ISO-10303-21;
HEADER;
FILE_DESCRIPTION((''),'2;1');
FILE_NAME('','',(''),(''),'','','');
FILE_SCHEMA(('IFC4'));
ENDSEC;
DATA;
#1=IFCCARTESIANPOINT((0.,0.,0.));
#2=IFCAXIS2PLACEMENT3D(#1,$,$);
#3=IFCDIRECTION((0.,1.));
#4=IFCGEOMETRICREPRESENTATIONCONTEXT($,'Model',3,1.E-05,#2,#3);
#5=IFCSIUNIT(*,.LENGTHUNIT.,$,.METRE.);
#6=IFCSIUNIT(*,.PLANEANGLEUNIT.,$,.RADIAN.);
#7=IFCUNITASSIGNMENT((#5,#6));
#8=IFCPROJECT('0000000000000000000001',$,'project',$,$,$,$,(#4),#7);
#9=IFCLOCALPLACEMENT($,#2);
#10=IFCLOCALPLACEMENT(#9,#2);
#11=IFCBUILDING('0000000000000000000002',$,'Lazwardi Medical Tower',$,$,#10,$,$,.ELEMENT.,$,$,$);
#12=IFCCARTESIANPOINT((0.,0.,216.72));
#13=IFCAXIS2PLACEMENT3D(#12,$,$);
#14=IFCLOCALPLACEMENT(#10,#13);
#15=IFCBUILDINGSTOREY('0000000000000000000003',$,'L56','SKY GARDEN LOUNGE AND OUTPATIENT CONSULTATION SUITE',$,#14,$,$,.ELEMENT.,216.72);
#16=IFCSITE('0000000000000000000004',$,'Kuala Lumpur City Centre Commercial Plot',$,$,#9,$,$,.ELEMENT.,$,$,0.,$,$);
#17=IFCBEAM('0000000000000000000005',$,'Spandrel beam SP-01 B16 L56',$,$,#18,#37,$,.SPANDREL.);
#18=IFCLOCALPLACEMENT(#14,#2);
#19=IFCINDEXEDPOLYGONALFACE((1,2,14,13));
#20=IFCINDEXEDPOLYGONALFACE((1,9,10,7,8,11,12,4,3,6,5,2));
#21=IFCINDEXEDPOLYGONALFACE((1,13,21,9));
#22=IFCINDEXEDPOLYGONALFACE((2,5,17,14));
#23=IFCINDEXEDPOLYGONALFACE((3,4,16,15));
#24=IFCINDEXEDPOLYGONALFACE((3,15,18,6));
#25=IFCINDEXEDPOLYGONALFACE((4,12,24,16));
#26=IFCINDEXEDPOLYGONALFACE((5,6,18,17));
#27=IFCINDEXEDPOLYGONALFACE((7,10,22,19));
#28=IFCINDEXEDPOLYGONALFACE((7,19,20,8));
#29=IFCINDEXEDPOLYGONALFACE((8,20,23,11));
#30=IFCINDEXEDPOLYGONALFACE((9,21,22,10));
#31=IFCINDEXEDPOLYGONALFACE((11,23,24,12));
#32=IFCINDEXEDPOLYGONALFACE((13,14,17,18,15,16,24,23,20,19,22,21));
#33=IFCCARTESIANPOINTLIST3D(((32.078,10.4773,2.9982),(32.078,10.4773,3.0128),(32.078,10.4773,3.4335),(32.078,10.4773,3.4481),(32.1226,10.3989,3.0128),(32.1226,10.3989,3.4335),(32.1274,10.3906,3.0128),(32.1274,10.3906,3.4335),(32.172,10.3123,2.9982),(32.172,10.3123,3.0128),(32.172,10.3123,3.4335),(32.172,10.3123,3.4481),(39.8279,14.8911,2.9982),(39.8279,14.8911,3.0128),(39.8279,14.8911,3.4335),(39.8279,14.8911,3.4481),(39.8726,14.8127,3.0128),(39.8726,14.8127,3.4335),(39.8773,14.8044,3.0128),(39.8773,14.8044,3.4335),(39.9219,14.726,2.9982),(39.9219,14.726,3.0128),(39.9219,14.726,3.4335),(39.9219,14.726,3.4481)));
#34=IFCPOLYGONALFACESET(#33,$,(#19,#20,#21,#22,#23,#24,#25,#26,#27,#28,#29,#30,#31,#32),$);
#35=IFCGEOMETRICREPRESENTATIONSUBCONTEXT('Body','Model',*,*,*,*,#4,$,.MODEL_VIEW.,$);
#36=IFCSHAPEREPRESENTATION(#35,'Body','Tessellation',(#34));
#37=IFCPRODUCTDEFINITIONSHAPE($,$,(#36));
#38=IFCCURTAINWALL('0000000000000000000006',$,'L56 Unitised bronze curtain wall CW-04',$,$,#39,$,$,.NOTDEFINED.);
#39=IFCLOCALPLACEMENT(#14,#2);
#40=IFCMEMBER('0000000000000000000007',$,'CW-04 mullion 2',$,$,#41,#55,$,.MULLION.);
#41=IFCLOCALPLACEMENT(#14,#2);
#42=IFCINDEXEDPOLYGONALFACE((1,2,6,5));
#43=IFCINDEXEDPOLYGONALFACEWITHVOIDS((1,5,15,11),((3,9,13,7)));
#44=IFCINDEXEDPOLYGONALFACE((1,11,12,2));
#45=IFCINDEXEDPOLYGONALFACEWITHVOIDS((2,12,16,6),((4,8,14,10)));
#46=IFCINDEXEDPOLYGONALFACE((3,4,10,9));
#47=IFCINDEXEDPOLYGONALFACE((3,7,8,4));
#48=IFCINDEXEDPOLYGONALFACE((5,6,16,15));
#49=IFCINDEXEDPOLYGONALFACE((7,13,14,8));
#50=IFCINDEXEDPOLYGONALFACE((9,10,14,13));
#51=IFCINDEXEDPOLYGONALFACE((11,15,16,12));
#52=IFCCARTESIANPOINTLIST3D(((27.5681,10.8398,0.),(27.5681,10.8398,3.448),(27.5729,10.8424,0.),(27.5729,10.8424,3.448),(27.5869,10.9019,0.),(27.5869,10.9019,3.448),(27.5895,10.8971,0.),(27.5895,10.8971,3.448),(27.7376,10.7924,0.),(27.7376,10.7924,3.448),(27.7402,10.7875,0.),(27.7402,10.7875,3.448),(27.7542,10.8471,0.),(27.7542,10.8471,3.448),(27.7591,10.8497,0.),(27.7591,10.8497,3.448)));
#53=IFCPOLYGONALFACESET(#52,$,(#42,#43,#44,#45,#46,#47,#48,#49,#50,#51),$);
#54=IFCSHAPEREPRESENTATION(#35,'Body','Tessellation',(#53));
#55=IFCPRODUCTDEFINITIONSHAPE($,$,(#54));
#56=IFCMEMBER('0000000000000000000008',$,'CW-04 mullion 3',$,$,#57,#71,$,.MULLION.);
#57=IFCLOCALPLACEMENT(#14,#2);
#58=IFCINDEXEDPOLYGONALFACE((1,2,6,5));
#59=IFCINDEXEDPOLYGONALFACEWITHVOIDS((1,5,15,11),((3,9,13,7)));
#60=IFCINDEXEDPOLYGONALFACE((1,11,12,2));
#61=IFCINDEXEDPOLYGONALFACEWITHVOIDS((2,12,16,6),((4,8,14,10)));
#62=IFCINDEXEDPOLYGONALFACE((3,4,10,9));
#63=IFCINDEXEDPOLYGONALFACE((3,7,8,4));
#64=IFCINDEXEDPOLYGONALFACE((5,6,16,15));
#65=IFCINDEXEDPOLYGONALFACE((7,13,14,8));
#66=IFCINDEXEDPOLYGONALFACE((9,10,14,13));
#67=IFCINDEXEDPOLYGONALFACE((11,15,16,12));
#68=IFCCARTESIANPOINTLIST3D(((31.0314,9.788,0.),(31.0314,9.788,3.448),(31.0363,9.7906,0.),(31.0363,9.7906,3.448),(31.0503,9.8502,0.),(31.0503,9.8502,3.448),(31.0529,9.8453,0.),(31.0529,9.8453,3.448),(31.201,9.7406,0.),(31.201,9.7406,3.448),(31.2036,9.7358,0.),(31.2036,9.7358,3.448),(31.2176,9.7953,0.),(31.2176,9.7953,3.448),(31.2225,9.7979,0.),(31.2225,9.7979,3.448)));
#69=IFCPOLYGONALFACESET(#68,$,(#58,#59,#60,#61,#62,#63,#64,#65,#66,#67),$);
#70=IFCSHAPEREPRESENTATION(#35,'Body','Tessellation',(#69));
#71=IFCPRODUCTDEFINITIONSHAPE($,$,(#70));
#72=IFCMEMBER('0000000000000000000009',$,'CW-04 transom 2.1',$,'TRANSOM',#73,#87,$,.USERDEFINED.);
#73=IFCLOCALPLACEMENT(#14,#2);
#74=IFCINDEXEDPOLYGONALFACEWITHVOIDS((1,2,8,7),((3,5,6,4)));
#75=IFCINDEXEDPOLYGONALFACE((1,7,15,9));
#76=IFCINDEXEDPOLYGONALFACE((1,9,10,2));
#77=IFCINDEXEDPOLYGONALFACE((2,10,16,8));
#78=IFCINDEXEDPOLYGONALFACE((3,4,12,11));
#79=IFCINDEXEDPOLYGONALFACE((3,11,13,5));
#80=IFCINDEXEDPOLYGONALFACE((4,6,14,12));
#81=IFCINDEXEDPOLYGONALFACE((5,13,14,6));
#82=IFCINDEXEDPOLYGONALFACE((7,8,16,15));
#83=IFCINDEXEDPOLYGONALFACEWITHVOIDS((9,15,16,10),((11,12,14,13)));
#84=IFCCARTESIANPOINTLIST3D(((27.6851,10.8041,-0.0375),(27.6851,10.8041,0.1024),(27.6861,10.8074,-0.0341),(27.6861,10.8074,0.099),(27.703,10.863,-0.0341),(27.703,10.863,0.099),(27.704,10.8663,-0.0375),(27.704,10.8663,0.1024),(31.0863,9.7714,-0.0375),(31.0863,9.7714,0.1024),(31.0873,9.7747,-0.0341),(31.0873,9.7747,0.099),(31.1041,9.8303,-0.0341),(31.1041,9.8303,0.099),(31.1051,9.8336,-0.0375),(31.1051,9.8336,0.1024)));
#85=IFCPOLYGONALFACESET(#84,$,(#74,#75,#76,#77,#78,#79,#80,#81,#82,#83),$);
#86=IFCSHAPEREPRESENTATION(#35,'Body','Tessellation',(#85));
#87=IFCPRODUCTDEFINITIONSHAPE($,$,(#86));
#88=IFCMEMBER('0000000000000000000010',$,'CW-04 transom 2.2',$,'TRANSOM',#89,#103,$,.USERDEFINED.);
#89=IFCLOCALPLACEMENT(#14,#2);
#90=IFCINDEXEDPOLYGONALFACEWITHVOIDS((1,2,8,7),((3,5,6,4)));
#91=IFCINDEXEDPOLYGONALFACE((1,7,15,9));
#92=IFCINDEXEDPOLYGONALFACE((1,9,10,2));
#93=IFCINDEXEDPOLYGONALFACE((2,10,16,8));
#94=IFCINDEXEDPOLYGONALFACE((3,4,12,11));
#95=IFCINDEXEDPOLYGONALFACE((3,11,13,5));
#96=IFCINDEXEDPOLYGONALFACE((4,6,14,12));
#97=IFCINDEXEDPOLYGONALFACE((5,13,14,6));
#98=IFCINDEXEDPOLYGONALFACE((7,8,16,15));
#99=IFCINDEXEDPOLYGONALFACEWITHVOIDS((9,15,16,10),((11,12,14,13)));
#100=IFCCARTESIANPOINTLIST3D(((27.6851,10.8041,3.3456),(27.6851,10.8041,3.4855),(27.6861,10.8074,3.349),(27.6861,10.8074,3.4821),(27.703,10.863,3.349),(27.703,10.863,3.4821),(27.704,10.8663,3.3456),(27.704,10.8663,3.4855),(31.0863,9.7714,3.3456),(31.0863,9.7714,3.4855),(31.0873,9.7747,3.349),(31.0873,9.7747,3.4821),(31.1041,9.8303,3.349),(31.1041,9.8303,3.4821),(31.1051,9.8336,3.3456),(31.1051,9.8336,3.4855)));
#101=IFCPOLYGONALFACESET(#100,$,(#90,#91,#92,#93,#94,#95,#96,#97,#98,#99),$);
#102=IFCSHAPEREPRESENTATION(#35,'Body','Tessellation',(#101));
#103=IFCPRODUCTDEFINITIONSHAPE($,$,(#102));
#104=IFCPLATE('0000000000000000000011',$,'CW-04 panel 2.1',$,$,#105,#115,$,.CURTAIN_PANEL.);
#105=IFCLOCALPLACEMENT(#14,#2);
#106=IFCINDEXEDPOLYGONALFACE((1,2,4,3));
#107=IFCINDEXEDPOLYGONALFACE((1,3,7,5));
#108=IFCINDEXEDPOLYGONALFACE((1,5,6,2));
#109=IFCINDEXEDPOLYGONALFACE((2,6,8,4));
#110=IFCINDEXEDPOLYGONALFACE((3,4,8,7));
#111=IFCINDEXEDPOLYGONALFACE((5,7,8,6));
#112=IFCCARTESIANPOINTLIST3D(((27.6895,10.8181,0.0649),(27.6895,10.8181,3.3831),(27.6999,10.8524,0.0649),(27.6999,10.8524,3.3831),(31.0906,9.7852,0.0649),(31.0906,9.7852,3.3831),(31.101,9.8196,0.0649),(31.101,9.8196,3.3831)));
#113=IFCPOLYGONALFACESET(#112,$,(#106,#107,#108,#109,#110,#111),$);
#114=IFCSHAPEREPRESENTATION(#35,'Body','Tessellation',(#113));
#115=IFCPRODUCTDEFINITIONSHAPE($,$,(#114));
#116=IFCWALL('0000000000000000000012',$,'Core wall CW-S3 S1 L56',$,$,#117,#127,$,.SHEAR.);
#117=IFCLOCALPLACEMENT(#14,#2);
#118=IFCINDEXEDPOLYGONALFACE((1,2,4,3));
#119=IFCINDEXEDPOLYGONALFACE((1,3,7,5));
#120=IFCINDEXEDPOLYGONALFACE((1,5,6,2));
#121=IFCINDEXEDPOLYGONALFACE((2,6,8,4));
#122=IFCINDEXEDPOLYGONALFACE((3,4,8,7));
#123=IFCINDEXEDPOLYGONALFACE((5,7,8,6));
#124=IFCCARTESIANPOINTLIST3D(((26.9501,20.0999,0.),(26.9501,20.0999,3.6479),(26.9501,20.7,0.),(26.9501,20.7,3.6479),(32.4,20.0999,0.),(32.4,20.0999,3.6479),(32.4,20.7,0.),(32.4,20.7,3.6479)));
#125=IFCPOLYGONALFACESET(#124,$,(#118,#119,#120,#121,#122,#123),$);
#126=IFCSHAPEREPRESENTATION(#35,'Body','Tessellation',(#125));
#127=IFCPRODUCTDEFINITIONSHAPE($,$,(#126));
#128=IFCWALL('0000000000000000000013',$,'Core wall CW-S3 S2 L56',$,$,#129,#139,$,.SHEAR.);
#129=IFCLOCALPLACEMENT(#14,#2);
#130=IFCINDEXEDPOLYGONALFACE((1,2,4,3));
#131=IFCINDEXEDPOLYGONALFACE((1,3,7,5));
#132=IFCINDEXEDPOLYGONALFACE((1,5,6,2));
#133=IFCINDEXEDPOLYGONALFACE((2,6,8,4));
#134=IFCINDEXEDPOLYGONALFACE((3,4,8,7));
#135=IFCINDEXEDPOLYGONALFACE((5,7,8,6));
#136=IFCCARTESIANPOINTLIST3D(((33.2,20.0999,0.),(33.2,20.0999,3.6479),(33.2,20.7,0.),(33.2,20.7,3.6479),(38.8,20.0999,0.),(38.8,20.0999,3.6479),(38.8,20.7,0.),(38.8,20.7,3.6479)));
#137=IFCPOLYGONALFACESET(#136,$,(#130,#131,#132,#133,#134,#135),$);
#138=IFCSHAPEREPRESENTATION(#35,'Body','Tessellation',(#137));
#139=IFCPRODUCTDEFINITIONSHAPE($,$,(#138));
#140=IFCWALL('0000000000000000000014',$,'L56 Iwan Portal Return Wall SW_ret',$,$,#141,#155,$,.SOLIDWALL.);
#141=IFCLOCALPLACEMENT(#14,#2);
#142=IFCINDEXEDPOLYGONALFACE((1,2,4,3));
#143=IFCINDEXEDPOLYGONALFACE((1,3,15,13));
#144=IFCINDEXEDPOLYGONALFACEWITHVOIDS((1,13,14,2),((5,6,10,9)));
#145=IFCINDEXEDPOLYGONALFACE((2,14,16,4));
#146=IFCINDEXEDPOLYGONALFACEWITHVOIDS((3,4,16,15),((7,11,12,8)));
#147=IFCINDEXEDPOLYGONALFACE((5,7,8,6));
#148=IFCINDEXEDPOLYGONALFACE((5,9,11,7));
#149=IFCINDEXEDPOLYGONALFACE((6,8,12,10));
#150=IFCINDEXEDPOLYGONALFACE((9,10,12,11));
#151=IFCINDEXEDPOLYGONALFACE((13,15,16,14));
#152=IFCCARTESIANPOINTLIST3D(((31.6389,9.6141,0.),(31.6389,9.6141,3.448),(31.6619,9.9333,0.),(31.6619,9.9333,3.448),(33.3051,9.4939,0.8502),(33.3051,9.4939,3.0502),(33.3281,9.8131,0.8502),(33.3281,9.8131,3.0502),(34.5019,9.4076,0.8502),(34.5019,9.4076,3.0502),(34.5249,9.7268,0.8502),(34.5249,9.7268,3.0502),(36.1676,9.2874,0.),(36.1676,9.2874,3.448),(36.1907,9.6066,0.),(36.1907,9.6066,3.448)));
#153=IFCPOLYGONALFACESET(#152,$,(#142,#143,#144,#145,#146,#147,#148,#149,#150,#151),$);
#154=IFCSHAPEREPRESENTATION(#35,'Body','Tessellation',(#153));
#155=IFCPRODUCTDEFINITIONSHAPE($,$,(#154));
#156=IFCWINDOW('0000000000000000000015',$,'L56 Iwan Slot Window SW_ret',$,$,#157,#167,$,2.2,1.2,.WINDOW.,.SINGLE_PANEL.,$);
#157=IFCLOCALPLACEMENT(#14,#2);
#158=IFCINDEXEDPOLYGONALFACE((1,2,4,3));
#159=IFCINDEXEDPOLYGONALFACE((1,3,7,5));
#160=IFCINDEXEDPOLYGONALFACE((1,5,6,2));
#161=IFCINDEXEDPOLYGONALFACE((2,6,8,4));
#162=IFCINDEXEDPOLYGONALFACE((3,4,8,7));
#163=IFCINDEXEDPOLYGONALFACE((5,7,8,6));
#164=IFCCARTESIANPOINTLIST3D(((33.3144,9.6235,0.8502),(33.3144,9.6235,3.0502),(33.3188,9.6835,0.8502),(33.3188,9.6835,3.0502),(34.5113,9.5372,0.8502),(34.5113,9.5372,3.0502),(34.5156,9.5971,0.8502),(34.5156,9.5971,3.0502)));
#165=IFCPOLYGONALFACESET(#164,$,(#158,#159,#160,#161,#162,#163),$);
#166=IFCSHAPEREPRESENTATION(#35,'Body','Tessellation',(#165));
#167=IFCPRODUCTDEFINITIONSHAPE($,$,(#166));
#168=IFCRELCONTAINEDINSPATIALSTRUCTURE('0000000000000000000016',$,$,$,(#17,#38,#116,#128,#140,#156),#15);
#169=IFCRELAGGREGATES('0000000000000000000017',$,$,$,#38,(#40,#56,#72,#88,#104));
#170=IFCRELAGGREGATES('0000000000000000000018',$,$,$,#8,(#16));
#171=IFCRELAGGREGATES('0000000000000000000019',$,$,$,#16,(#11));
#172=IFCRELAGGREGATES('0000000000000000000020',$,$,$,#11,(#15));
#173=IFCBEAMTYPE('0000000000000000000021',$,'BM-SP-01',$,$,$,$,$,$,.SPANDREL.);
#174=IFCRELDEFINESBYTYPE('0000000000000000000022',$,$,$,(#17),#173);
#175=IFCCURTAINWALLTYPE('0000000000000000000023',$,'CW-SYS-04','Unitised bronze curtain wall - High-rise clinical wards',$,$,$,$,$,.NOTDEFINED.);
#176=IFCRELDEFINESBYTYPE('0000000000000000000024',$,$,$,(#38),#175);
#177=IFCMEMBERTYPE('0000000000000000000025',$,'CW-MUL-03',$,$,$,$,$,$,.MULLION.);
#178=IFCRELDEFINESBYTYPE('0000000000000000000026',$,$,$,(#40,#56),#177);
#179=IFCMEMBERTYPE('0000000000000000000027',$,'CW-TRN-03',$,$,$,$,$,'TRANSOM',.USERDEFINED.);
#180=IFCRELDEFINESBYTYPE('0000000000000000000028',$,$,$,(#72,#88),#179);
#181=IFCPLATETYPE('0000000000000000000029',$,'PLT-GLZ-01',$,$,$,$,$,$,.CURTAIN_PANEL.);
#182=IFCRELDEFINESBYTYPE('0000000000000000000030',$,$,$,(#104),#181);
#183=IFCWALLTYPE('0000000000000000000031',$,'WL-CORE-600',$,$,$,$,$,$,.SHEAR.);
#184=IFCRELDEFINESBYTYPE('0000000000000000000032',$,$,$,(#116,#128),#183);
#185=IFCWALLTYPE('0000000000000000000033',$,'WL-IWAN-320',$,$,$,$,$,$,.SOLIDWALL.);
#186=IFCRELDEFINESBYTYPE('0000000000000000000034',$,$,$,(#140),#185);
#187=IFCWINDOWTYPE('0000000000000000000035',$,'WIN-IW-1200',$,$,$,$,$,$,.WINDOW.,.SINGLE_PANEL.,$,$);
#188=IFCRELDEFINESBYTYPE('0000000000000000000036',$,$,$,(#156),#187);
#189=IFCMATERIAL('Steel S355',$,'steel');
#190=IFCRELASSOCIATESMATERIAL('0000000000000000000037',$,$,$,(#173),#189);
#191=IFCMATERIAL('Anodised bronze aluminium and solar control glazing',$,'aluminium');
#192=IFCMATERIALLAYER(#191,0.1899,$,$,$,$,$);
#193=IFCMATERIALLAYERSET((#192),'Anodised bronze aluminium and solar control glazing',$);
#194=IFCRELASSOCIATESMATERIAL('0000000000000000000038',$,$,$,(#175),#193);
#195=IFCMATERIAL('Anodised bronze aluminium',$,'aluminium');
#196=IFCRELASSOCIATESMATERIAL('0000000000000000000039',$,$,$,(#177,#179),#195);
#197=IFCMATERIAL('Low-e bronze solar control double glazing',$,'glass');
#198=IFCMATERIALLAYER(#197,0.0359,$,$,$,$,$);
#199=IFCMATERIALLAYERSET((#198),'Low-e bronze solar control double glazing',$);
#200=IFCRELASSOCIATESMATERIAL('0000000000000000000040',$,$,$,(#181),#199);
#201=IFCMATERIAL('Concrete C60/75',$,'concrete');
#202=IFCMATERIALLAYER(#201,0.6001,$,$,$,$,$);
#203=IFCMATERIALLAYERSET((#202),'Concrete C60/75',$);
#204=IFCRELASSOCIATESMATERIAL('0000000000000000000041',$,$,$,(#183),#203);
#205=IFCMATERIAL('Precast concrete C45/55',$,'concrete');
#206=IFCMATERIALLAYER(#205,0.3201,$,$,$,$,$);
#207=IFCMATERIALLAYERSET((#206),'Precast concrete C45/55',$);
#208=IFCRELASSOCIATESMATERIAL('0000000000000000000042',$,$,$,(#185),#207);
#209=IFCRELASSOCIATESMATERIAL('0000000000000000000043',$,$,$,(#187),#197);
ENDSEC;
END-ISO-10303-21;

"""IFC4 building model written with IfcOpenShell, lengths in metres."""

from ifc_helpers import new_model, si_unit, direction, frame, frame_2d, origin, origin_2d, place, context, subcontext, project, spatial, rectangle, hollow_rectangle, i_section, extrude, material, layer, layer_set, material_profile, profile_set, type_object, element, fill, aggregate, save


model = new_model("IFC4")

# Units and contexts
model_context = context("Model", 3, precision=1e-05, world=origin(), true_north=direction((0.0, 1.0)))
body_context = subcontext(model_context, "Body", "Model", "MODEL_VIEW")
ifc_project = project(units=[si_unit("LENGTHUNIT", "METRE"), si_unit("PLANEANGLEUNIT", "RADIAN")], contexts=[model_context])

# Site, building, storey
site_placement = place(None, origin())
site = spatial("IfcSite", under=ifc_project, at=site_placement, Name="Kuala Lumpur City Centre Commercial Plot", CompositionType="ELEMENT", RefElevation=0.0)
building_placement = place(site_placement, origin())
building = spatial("IfcBuilding", under=site, at=building_placement, Name="Lazwardi Medical Tower", CompositionType="ELEMENT")
storey_placement = place(building_placement, frame((0.0, 0.0, 216.72)))
storey = spatial("IfcBuildingStorey", under=building, at=storey_placement, Name="L56", Description="SKY GARDEN LOUNGE AND OUTPATIENT CONSULTATION SUITE", CompositionType="ELEMENT", Elevation=216.72)

# Shared definitions
ifc_material_1 = material(Name="Concrete C60/75", Category="concrete")

# Beam
ifc_material_2 = material(Name="Steel S355", Category="steel")
ifc_material_profile_1 = material_profile(ifc_material_2, i_section(OverallWidth=0.1899, OverallDepth=0.45, WebThickness=0.0095, FlangeThickness=0.0146, at=origin_2d()), Name="IPE 450")
ifc_profile_set_1 = profile_set([ifc_material_profile_1], Name="Steel S355")
beam_type_1 = type_object("IfcBeamType", Name="BM-SP-01", PredefinedType="SPANDREL", material=ifc_profile_set_1)
beam_1_placement = place(storey_placement, frame((32.125, 10.3948, 3.2231), z_axis=(0.868955, 0.494891, 0.0), x_axis=(-0.494891, 0.868955, 0.0)))
element("IfcBeam", 1, at=beam_1_placement, inside=storey, type_object=beam_type_1, Name="Spandrel beam SP-01 B16 L56", PredefinedType="SPANDREL", context=body_context, shape_type="SweptSolid", body=[
    extrude(i_section(OverallWidth=0.1899, OverallDepth=0.45, WebThickness=0.0095, FlangeThickness=0.0146, at=origin_2d()), origin(), (0.0, 0.0, 1.0), 8.9187),
])

# Curtain wall, members, plate
ifc_material_3 = material(Name="Anodised bronze aluminium and solar control glazing", Category="aluminium")
ifc_layer_1 = layer(ifc_material_3, 0.1899)
ifc_layer_set_1 = layer_set([ifc_layer_1], Name="Anodised bronze aluminium and solar control glazing")
curtain_wall_type = type_object("IfcCurtainWallType", Name="CW-SYS-04", Description="Unitised bronze curtain wall - High-rise clinical wards", PredefinedType="NOTDEFINED", material=ifc_layer_set_1)
curtain_wall_placement = place(storey_placement, origin())
curtain_wall = element("IfcCurtainWall", 2, at=curtain_wall_placement, inside=storey, type_object=curtain_wall_type, Name="L56 Unitised bronze curtain wall CW-04", PredefinedType="NOTDEFINED")
ifc_material_4 = material(Name="Anodised bronze aluminium", Category="aluminium")
ifc_material_profile_2 = material_profile(ifc_material_4, hollow_rectangle(XDim=0.0649, YDim=0.1799, WallThickness=0.0039, at=origin_2d()), Name="ALU-MULLION 180x65x4")
ifc_profile_set_2 = profile_set([ifc_material_profile_2], Name="Anodised bronze aluminium")
member_type_1 = type_object("IfcMemberType", Name="CW-MUL-03", PredefinedType="MULLION", material=ifc_profile_set_2)
member_1_placement = place(storey_placement, frame((27.6636, 10.8447, 0.0), z_axis=(0.0, 0.0, 1.0), x_axis=(0.290582, 0.95685, 0.0)))
member_1 = element("IfcMember", 3, at=member_1_placement, type_object=member_type_1, Name="CW-04 mullion 2", PredefinedType="MULLION", context=body_context, shape_type="SweptSolid", body=[
    extrude(hollow_rectangle(XDim=0.0649, YDim=0.1799, WallThickness=0.0039, at=origin_2d()), origin(), (0.0, 0.0, 1.0), 3.448),
])
member_2_placement = place(storey_placement, frame((31.127, 9.793, 0.0), z_axis=(0.0, 0.0, 1.0), x_axis=(0.290582, 0.95685, 0.0)))
member_2 = element("IfcMember", 4, at=member_2_placement, type_object=member_type_1, Name="CW-04 mullion 3", PredefinedType="MULLION", context=body_context, shape_type="SweptSolid", body=[
    extrude(hollow_rectangle(XDim=0.0649, YDim=0.1799, WallThickness=0.0039, at=origin_2d()), origin(), (0.0, 0.0, 1.0), 3.448),
])
ifc_material_profile_3 = material_profile(ifc_material_4, hollow_rectangle(XDim=0.0649, YDim=0.1399, WallThickness=0.0034, at=origin_2d()), Name="ALU-TRANSOM 140x65x3.5")
ifc_profile_set_3 = profile_set([ifc_material_profile_3], Name="Anodised bronze aluminium")
member_type_2 = type_object("IfcMemberType", Name="CW-TRN-03", ElementType="TRANSOM", PredefinedType="USERDEFINED", material=ifc_profile_set_3)
member_3_placement = place(storey_placement, frame((27.6946, 10.8352, 0.0325), z_axis=(0.956863, -0.290541, 0.0), x_axis=(0.290541, 0.956863, 0.0)))
member_3 = element("IfcMember", 5, at=member_3_placement, type_object=member_type_2, Name="CW-04 transom 2.1", ObjectType="TRANSOM", PredefinedType="USERDEFINED", context=body_context, shape_type="SweptSolid", body=[
    extrude(hollow_rectangle(XDim=0.0649, YDim=0.1399, WallThickness=0.0034, at=origin_2d()), origin(), (0.0, 0.0, 1.0), 3.5544),
])
member_4_placement = place(storey_placement, frame((27.6946, 10.8352, 3.4155), z_axis=(0.956863, -0.290541, 0.0), x_axis=(0.290541, 0.956863, 0.0)))
member_4 = element("IfcMember", 6, at=member_4_placement, type_object=member_type_2, Name="CW-04 transom 2.2", ObjectType="TRANSOM", PredefinedType="USERDEFINED", context=body_context, shape_type="SweptSolid", body=[
    extrude(hollow_rectangle(XDim=0.0649, YDim=0.1399, WallThickness=0.0034, at=origin_2d()), origin(), (0.0, 0.0, 1.0), 3.5544),
])
ifc_material_5 = material(Name="Low-e bronze solar control double glazing", Category="glass")
ifc_layer_2 = layer(ifc_material_5, 0.0359)
ifc_layer_set_2 = layer_set([ifc_layer_2], Name="Low-e bronze solar control double glazing")
plate_type = type_object("IfcPlateType", Name="PLT-GLZ-01", PredefinedType="CURTAIN_PANEL", material=ifc_layer_set_2)
plate_placement = place(storey_placement, frame((29.3953, 10.3188, 0.0649), z_axis=(0.0, 0.0, 1.0), x_axis=(0.95685, -0.290582, 0.0)))
plate = element("IfcPlate", 7, at=plate_placement, type_object=plate_type, Name="CW-04 panel 2.1", PredefinedType="CURTAIN_PANEL", context=body_context, shape_type="SweptSolid", body=[
    extrude(rectangle(XDim=3.5544, YDim=0.0359, at=origin_2d()), origin(), (0.0, 0.0, 1.0), 3.3181),
])
aggregate(curtain_wall, [member_1, member_2, member_3, member_4, plate])

# Shared definitions
ifc_layer_3 = layer(ifc_material_1, 0.6001)
ifc_layer_set_3 = layer_set([ifc_layer_3], Name="Concrete C60/75")
wall_type_1 = type_object("IfcWallType", Name="WL-CORE-600", PredefinedType="SHEAR", material=ifc_layer_set_3)

# Walls
wall_1_placement = place(storey_placement, frame((26.95, 20.3999, 0.0), z_axis=(0.0, 0.0, 1.0), x_axis=(1.0, 0.0, 0.0)))
element("IfcWall", 8, at=wall_1_placement, inside=storey, type_object=wall_type_1, Name="Core wall CW-S3 S1 L56", PredefinedType="SHEAR", context=body_context, shape_type="SweptSolid", body=[
    extrude(rectangle(XDim=5.45, YDim=0.6001, at=frame_2d((2.7251, 0.0))), origin(), (0.0, 0.0, 1.0), 3.6479),
])
wall_2_placement = place(storey_placement, frame((33.2, 20.3999, 0.0), z_axis=(0.0, 0.0, 1.0), x_axis=(1.0, 0.0, 0.0)))
element("IfcWall", 9, at=wall_2_placement, inside=storey, type_object=wall_type_1, Name="Core wall CW-S3 S2 L56", PredefinedType="SHEAR", context=body_context, shape_type="SweptSolid", body=[
    extrude(rectangle(XDim=5.6001, YDim=0.6001, at=frame_2d((2.8, 0.0))), origin(), (0.0, 0.0, 1.0), 3.6479),
])

# Wall, opening, window
ifc_material_6 = material(Name="Precast concrete C45/55", Category="concrete")
ifc_layer_4 = layer(ifc_material_6, 0.3201)
ifc_layer_set_4 = layer_set([ifc_layer_4], Name="Precast concrete C45/55")
wall_type_2 = type_object("IfcWallType", Name="WL-IWAN-320", PredefinedType="SOLIDWALL", material=ifc_layer_set_4)
wall_3_placement = place(storey_placement, frame((31.6504, 9.7737, 0.0), z_axis=(0.0, 0.0, 1.0), x_axis=(0.997409, -0.071942, 0.0)))
wall_3 = element("IfcWall", 10, at=wall_3_placement, inside=storey, type_object=wall_type_2, Name="L56 Iwan Portal Return Wall SW_ret", PredefinedType="SOLIDWALL", context=body_context, shape_type="SweptSolid", body=[
    extrude(rectangle(XDim=4.5405, YDim=0.3201, at=frame_2d((2.2703, 0.0))), origin(), (0.0, 0.0, 1.0), 3.448),
])
opening_1_placement = place(wall_3_placement, frame((1.6704, 0.0, 0.8501)))
opening_1 = element("IfcOpeningElement", 11, at=opening_1_placement, cuts=wall_3, PredefinedType="OPENING", context=body_context, shape_type="SweptSolid", body=[
    extrude(rectangle(XDim=1.2, YDim=2.2, at=frame_2d((0.6001, 1.1001))), frame((0.0, 0.1699, 0.0), z_axis=(0.0, -1.0, 0.0), x_axis=(1.0, 0.0, 0.0)), (0.0, 0.0, 1.0), 0.3401),
])
window_type = type_object("IfcWindowType", Name="WIN-IW-1200", PartitioningType="SINGLE_PANEL", PredefinedType="WINDOW", material=ifc_material_5)
window_placement = place(opening_1_placement, origin())
window = element("IfcWindow", 12, at=window_placement, inside=storey, type_object=window_type, Name="L56 Iwan Slot Window SW_ret", OverallHeight=2.2, OverallWidth=1.2, PartitioningType="SINGLE_PANEL", PredefinedType="WINDOW", context=body_context, shape_type="SweptSolid", body=[
    extrude(rectangle(XDim=1.2, YDim=2.2, at=frame_2d((0.6001, 1.1001))), frame((0.0, 0.03, 0.0), z_axis=(0.0, -1.0, 0.0), x_axis=(1.0, 0.0, 0.0)), (0.0, 0.0, 1.0), 0.0601),
])
fill(opening_1, window)

save(model, "model.ifc")
